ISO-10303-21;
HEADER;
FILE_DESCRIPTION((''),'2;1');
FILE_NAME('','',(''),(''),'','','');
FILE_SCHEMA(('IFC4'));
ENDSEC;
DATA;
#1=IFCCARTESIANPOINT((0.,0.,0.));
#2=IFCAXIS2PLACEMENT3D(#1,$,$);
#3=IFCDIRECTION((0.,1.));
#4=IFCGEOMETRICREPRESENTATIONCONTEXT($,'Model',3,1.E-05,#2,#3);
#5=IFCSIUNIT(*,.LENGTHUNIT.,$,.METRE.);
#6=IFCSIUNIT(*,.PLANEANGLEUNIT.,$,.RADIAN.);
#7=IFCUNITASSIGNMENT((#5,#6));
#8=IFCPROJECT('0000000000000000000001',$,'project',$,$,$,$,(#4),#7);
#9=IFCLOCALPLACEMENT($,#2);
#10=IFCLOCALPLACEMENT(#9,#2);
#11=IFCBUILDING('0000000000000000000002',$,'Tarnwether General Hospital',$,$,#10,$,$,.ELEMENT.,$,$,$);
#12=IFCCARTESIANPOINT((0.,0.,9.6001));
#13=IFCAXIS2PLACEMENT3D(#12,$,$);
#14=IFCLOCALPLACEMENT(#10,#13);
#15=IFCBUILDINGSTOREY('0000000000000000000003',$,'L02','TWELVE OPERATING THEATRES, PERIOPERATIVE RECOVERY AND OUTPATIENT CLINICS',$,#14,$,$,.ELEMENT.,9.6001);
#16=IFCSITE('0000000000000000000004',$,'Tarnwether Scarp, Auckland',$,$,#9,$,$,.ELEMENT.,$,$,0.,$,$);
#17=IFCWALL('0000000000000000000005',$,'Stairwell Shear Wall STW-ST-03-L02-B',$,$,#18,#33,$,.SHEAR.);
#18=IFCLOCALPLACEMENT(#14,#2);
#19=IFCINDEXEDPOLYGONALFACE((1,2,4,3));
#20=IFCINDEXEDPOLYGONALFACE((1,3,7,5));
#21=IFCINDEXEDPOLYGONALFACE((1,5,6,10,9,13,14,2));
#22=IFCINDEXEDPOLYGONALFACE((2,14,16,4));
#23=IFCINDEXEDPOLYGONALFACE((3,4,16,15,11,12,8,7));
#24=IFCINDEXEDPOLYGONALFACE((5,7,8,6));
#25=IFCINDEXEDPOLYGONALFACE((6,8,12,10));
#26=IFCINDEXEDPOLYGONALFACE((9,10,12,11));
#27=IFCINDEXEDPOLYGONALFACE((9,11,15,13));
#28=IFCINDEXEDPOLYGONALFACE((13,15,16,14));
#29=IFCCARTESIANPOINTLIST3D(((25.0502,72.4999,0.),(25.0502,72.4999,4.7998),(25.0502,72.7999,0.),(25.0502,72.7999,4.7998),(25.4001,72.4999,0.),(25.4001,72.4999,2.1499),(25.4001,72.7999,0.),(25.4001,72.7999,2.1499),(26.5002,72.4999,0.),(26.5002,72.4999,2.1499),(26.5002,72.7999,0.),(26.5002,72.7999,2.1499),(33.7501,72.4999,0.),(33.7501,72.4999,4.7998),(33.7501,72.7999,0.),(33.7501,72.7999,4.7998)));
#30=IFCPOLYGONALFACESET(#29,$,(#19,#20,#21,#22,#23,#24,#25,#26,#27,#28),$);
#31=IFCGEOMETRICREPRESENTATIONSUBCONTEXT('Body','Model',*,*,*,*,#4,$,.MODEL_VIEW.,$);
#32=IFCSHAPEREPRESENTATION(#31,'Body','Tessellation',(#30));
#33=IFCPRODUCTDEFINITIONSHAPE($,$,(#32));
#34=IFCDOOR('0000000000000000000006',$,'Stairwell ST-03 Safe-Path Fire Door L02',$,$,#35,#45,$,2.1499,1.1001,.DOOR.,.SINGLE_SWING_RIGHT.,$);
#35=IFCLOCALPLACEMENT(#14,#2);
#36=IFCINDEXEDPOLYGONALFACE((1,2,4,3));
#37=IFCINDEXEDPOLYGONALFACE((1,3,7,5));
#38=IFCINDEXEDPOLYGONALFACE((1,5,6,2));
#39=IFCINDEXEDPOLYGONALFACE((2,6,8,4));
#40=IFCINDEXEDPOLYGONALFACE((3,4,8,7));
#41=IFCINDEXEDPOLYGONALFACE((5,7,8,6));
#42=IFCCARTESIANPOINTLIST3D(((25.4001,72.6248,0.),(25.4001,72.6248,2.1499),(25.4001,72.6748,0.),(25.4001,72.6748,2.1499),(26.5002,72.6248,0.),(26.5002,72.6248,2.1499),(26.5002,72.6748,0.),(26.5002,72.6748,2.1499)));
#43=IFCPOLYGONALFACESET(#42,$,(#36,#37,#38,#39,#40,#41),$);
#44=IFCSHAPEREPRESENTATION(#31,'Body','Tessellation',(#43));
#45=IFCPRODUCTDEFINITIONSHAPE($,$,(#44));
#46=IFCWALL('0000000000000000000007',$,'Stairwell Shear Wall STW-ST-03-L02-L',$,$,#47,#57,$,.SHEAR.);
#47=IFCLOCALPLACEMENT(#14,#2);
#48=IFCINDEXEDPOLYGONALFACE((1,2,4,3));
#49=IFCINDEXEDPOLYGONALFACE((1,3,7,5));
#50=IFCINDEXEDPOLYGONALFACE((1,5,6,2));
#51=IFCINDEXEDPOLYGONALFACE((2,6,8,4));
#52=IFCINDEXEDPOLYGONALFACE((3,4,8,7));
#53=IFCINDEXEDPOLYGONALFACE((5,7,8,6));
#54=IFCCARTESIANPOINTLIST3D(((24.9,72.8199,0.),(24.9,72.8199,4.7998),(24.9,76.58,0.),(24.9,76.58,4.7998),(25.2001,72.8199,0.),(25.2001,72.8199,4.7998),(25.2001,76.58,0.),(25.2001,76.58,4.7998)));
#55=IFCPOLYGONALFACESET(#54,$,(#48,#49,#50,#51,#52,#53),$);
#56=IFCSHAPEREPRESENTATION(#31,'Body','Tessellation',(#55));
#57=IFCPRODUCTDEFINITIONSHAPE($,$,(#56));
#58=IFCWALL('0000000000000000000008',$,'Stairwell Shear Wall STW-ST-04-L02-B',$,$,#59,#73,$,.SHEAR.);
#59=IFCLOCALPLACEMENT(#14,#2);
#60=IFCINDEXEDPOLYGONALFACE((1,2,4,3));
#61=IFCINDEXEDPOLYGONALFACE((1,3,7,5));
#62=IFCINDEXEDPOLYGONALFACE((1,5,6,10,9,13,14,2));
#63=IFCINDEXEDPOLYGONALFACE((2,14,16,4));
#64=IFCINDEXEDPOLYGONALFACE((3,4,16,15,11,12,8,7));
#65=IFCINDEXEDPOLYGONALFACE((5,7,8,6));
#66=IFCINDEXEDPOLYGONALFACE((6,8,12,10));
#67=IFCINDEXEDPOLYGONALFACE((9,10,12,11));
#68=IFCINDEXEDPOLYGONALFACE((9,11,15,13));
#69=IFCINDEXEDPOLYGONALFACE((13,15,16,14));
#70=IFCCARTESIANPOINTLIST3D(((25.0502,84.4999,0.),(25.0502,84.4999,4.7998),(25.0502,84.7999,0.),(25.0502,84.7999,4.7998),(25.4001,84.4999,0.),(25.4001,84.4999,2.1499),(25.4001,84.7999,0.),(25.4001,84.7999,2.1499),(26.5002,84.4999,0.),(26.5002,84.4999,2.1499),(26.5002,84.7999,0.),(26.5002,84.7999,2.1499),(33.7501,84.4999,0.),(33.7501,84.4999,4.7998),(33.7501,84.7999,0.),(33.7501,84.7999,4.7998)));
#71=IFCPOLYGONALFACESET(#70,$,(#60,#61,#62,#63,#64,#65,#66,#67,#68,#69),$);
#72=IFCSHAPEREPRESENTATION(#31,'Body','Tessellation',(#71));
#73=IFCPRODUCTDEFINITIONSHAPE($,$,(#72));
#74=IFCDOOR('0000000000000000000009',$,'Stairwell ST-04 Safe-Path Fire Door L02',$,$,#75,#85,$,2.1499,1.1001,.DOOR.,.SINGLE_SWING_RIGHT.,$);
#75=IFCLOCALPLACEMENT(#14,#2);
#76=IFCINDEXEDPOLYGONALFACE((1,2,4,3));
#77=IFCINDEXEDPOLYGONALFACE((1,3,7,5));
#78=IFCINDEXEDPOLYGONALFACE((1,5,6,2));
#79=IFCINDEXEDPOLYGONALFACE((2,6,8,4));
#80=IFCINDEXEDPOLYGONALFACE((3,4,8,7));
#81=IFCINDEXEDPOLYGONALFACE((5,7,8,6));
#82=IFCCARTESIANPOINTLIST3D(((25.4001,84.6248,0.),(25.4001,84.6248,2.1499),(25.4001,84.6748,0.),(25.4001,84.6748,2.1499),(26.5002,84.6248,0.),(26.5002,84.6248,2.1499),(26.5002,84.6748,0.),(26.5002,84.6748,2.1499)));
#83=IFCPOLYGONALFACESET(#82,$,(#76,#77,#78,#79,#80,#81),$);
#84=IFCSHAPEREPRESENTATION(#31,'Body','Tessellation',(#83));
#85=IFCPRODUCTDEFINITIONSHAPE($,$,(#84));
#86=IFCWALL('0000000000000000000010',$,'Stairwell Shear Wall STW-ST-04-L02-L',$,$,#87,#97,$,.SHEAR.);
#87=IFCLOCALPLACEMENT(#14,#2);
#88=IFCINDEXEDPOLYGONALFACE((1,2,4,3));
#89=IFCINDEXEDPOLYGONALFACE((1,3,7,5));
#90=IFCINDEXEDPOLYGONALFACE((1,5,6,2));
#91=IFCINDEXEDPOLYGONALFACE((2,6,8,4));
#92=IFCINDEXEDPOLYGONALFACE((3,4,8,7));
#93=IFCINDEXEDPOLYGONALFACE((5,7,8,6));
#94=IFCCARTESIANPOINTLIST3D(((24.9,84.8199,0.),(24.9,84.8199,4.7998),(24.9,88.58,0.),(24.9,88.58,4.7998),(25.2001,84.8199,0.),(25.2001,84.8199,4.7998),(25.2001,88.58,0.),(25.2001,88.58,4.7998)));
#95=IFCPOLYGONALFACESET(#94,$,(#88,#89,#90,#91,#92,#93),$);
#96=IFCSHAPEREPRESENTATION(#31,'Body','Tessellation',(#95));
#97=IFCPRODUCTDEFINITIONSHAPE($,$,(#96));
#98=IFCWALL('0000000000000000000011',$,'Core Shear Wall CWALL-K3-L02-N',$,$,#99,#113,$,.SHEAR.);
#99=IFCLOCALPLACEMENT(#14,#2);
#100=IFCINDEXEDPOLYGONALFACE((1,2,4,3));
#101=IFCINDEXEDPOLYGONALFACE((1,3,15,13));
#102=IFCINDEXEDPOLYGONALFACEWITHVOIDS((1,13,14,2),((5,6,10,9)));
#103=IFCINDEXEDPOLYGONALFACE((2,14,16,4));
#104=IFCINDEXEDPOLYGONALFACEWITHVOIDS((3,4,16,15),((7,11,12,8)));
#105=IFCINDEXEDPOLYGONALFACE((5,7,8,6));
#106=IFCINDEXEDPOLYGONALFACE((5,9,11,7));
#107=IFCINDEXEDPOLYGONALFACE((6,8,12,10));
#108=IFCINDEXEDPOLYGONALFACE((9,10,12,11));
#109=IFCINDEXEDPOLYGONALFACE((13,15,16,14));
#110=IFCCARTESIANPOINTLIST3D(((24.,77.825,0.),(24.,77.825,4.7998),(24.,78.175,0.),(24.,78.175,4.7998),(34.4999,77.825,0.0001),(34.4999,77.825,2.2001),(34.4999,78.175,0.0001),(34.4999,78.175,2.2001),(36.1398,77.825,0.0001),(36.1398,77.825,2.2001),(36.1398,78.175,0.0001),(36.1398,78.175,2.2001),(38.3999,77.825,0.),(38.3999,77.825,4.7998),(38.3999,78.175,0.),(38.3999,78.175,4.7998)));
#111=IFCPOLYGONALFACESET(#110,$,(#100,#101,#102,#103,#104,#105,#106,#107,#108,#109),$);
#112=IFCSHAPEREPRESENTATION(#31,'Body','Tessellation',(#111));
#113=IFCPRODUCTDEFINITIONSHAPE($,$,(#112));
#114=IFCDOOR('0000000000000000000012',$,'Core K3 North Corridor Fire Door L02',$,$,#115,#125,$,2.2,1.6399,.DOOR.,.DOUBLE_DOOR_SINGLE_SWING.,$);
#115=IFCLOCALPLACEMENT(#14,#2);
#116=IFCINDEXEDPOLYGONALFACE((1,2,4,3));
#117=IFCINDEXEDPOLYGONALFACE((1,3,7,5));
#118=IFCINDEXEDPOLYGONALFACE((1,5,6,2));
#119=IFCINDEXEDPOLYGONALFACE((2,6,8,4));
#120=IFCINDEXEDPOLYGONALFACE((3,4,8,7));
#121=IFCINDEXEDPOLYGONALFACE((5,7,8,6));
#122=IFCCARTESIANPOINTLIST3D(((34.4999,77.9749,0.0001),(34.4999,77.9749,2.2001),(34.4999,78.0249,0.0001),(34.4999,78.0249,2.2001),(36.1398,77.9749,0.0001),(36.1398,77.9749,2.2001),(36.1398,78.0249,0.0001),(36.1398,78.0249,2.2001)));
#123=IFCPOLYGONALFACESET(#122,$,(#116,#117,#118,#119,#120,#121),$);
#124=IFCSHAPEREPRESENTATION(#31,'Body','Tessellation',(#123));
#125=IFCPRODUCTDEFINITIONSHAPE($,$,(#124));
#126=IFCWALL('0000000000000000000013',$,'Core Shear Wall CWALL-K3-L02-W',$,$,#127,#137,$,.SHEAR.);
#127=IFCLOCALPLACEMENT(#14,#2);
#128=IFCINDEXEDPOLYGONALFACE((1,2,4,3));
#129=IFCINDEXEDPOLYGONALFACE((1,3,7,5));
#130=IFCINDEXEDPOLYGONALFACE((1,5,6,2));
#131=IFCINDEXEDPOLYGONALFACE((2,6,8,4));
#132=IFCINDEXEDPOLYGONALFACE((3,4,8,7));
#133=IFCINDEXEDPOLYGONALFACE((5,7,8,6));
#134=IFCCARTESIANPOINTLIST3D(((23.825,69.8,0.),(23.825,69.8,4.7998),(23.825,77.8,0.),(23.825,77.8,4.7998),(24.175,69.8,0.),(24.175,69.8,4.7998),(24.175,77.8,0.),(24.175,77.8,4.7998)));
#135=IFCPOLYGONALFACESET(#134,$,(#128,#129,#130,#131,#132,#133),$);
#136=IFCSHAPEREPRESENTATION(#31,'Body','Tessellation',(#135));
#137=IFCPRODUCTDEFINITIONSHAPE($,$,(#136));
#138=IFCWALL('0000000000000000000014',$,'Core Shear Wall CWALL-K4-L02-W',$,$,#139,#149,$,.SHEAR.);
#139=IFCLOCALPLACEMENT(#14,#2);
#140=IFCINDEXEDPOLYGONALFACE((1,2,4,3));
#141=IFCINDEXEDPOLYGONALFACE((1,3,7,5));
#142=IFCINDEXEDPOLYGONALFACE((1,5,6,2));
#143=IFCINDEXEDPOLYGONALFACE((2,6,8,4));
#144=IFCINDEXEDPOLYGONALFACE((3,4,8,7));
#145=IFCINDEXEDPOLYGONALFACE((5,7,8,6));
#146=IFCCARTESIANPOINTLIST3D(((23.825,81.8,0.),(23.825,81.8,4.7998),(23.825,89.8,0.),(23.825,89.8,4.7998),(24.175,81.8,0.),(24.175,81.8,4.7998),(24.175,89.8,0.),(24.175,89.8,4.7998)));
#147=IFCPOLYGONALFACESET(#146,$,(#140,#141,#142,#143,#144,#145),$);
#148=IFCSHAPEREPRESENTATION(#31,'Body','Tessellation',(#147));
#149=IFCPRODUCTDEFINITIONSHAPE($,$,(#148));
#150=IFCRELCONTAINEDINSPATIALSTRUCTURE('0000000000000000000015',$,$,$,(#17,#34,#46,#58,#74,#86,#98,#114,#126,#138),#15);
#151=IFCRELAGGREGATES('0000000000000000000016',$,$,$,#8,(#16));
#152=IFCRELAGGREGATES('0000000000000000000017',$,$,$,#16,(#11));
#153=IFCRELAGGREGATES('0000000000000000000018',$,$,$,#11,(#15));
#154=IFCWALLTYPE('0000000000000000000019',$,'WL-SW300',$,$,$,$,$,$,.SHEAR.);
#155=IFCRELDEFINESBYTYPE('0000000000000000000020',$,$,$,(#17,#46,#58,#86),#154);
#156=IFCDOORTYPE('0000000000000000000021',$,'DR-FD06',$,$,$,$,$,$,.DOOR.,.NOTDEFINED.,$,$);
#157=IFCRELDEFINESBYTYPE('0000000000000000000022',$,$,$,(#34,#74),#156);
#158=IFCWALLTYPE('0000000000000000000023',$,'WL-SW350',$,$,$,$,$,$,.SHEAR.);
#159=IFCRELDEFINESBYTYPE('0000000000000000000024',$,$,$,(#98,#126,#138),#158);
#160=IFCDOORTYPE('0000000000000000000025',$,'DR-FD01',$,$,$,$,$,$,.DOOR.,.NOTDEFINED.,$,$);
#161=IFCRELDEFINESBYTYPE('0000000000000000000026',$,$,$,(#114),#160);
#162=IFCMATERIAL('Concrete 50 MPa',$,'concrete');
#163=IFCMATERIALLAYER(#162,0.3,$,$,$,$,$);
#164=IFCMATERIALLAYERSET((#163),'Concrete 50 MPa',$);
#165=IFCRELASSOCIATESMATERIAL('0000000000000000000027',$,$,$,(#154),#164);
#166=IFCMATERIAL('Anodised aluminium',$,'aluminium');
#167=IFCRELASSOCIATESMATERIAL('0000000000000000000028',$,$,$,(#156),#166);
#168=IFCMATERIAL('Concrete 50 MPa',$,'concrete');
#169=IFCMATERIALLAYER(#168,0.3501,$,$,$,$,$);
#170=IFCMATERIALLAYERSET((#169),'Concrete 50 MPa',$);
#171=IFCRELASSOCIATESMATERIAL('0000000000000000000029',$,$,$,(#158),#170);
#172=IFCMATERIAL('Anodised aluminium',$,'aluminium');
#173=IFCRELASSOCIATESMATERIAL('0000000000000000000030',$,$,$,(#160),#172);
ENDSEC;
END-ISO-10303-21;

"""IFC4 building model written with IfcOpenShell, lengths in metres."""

from ifc_helpers import new_model, si_unit, direction, frame, frame_2d, origin, place, context, subcontext, project, spatial, rectangle, extrude, material, layer, layer_set, type_object, element, fill, save


model = new_model("IFC4")

# Units and contexts
model_context = context("Model", 3, precision=1e-05, world=origin(), true_north=direction((0.0, 1.0)))
body_context = subcontext(model_context, "Body", "Model", "MODEL_VIEW")
ifc_project = project(units=[si_unit("LENGTHUNIT", "METRE"), si_unit("PLANEANGLEUNIT", "RADIAN")], contexts=[model_context])

# Site, building, storey
site_placement = place(None, origin())
site = spatial("IfcSite", under=ifc_project, at=site_placement, Name="Tarnwether Scarp, Auckland", CompositionType="ELEMENT", RefElevation=0.0)
building_placement = place(site_placement, origin())
building = spatial("IfcBuilding", under=site, at=building_placement, Name="Tarnwether General Hospital", CompositionType="ELEMENT")
storey_placement = place(building_placement, frame((0.0, 0.0, 9.6001)))
storey = spatial("IfcBuildingStorey", under=building, at=storey_placement, Name="L02", Description="TWELVE OPERATING THEATRES, PERIOPERATIVE RECOVERY AND OUTPATIENT CLINICS", CompositionType="ELEMENT", Elevation=9.6001)

# Wall, opening, door
ifc_material_1 = material(Name="Concrete 50 MPa", Category="concrete")
ifc_layer_1 = layer(ifc_material_1, 0.3)
ifc_layer_set_1 = layer_set([ifc_layer_1], Name="Concrete 50 MPa")
wall_type_1 = type_object("IfcWallType", Name="WL-SW300", PredefinedType="SHEAR", material=ifc_layer_set_1)
wall_1_placement = place(storey_placement, frame((25.05, 72.6499, 0.0), z_axis=(0.0, 0.0, 1.0), x_axis=(1.0, 0.0, 0.0)))
wall_1 = element("IfcWall", 1, at=wall_1_placement, inside=storey, type_object=wall_type_1, Name="Stairwell Shear Wall STW-ST-03-L02-B", PredefinedType="SHEAR", context=body_context, shape_type="SweptSolid", body=[
    extrude(rectangle(XDim=8.7, YDim=0.3, at=frame_2d((4.3501, 0.0))), origin(), (0.0, 0.0, 1.0), 4.7998),
])
opening_1_placement = place(wall_1_placement, frame((0.3501, 0.0, 0.0)))
opening_1 = element("IfcOpeningElement", 2, at=opening_1_placement, cuts=wall_1, PredefinedType="OPENING", context=body_context, shape_type="SweptSolid", body=[
    extrude(rectangle(XDim=1.1001, YDim=2.1499, at=frame_2d((0.55, 1.075))), frame((0.0, 0.1602, 0.0), z_axis=(0.0, -1.0, 0.0), x_axis=(1.0, 0.0, 0.0)), (0.0, 0.0, 1.0), 0.3201),
])
ifc_material_2 = material(Name="Anodised aluminium", Category="aluminium")
door_type_1 = type_object("IfcDoorType", Name="DR-FD06", OperationType="NOTDEFINED", PredefinedType="DOOR", material=ifc_material_2)
door_1_placement = place(opening_1_placement, origin())
door_1 = element("IfcDoor", 3, at=door_1_placement, inside=storey, type_object=door_type_1, Name="Stairwell ST-03 Safe-Path Fire Door L02", OperationType="SINGLE_SWING_RIGHT", OverallHeight=2.1499, OverallWidth=1.1001, PredefinedType="DOOR", context=body_context, shape_type="SweptSolid", body=[
    extrude(rectangle(XDim=1.1001, YDim=2.1499, at=frame_2d((0.55, 1.075))), frame((0.0, 0.0249, 0.0), z_axis=(0.0, -1.0, 0.0), x_axis=(1.0, 0.0, 0.0)), (0.0, 0.0, 1.0), 0.05),
])
fill(opening_1, door_1)

# Wall
wall_2_placement = place(storey_placement, frame((25.05, 72.8201, 0.0), z_axis=(0.0, 0.0, 1.0), x_axis=(0.0, 1.0, 0.0)))
element("IfcWall", 4, at=wall_2_placement, inside=storey, type_object=wall_type_1, Name="Stairwell Shear Wall STW-ST-03-L02-L", PredefinedType="SHEAR", context=body_context, shape_type="SweptSolid", body=[
    extrude(rectangle(XDim=3.76, YDim=0.3, at=frame_2d((1.8799, 0.0))), origin(), (0.0, 0.0, 1.0), 4.7998),
])

# Wall, opening, door
wall_3_placement = place(storey_placement, frame((25.05, 84.6499, 0.0), z_axis=(0.0, 0.0, 1.0), x_axis=(1.0, 0.0, 0.0)))
wall_3 = element("IfcWall", 5, at=wall_3_placement, inside=storey, type_object=wall_type_1, Name="Stairwell Shear Wall STW-ST-04-L02-B", PredefinedType="SHEAR", context=body_context, shape_type="SweptSolid", body=[
    extrude(rectangle(XDim=8.7, YDim=0.3, at=frame_2d((4.3501, 0.0))), origin(), (0.0, 0.0, 1.0), 4.7998),
])
opening_2_placement = place(wall_3_placement, frame((0.3501, 0.0, 0.0)))
opening_2 = element("IfcOpeningElement", 6, at=opening_2_placement, cuts=wall_3, PredefinedType="OPENING", context=body_context, shape_type="SweptSolid", body=[
    extrude(rectangle(XDim=1.1001, YDim=2.1499, at=frame_2d((0.55, 1.075))), frame((0.0, 0.1602, 0.0), z_axis=(0.0, -1.0, 0.0), x_axis=(1.0, 0.0, 0.0)), (0.0, 0.0, 1.0), 0.3201),
])
door_2_placement = place(opening_2_placement, origin())
door_2 = element("IfcDoor", 7, at=door_2_placement, inside=storey, type_object=door_type_1, Name="Stairwell ST-04 Safe-Path Fire Door L02", OperationType="SINGLE_SWING_RIGHT", OverallHeight=2.1499, OverallWidth=1.1001, PredefinedType="DOOR", context=body_context, shape_type="SweptSolid", body=[
    extrude(rectangle(XDim=1.1001, YDim=2.1499, at=frame_2d((0.55, 1.075))), frame((0.0, 0.0249, 0.0), z_axis=(0.0, -1.0, 0.0), x_axis=(1.0, 0.0, 0.0)), (0.0, 0.0, 1.0), 0.05),
])
fill(opening_2, door_2)

# Wall
wall_4_placement = place(storey_placement, frame((25.05, 84.8201, 0.0), z_axis=(0.0, 0.0, 1.0), x_axis=(0.0, 1.0, 0.0)))
element("IfcWall", 8, at=wall_4_placement, inside=storey, type_object=wall_type_1, Name="Stairwell Shear Wall STW-ST-04-L02-L", PredefinedType="SHEAR", context=body_context, shape_type="SweptSolid", body=[
    extrude(rectangle(XDim=3.76, YDim=0.3, at=frame_2d((1.8799, 0.0))), origin(), (0.0, 0.0, 1.0), 4.7998),
])

# Wall, opening, door
ifc_material_3 = material(Name="Concrete 50 MPa", Category="concrete")
ifc_layer_2 = layer(ifc_material_3, 0.3501)
ifc_layer_set_2 = layer_set([ifc_layer_2], Name="Concrete 50 MPa")
wall_type_2 = type_object("IfcWallType", Name="WL-SW350", PredefinedType="SHEAR", material=ifc_layer_set_2)
wall_5_placement = place(storey_placement, frame((24.0, 78.0, 0.0), z_axis=(0.0, 0.0, 1.0), x_axis=(1.0, 0.0, 0.0)))
wall_5 = element("IfcWall", 9, at=wall_5_placement, inside=storey, type_object=wall_type_2, Name="Core Shear Wall CWALL-K3-L02-N", PredefinedType="SHEAR", context=body_context, shape_type="SweptSolid", body=[
    extrude(rectangle(XDim=14.3999, YDim=0.3501, at=frame_2d((7.2, 0.0))), origin(), (0.0, 0.0, 1.0), 4.7998),
])
opening_3_placement = place(wall_5_placement, frame((10.5, 0.0, 0.0)))
opening_3 = element("IfcOpeningElement", 10, at=opening_3_placement, cuts=wall_5, PredefinedType="OPENING", context=body_context, shape_type="SweptSolid", body=[
    extrude(rectangle(XDim=1.6399, YDim=2.2, at=frame_2d((0.8198, 1.1001))), frame((0.0, 0.1851, 0.0), z_axis=(0.0, -1.0, 0.0), x_axis=(1.0, 0.0, 0.0)), (0.0, 0.0, 1.0), 0.3701),
])
ifc_material_4 = material(Name="Anodised aluminium", Category="aluminium")
door_type_2 = type_object("IfcDoorType", Name="DR-FD01", OperationType="NOTDEFINED", PredefinedType="DOOR", material=ifc_material_4)
door_3_placement = place(opening_3_placement, origin())
door_3 = element("IfcDoor", 11, at=door_3_placement, inside=storey, type_object=door_type_2, Name="Core K3 North Corridor Fire Door L02", OperationType="DOUBLE_DOOR_SINGLE_SWING", OverallHeight=2.2, OverallWidth=1.6399, PredefinedType="DOOR", context=body_context, shape_type="SweptSolid", body=[
    extrude(rectangle(XDim=1.6399, YDim=2.2, at=frame_2d((0.8198, 1.1001))), frame((0.0, 0.0249, 0.0), z_axis=(0.0, -1.0, 0.0), x_axis=(1.0, 0.0, 0.0)), (0.0, 0.0, 1.0), 0.05),
])
fill(opening_3, door_3)

# Walls
for number, where, z_axis, x_axis, name in (
    (12, (24.0, 69.8, 0.0), (0.0, 0.0, 1.0), (0.0, 1.0, 0.0), "Core Shear Wall CWALL-K3-L02-W"),
    (13, (24.0, 81.8, 0.0), (0.0, 0.0, 1.0), (0.0, 1.0, 0.0), "Core Shear Wall CWALL-K4-L02-W"),
):
    element("IfcWall", number, at=place(storey_placement, frame(where, z_axis=z_axis, x_axis=x_axis)), inside=storey, type_object=wall_type_2, Name=name, PredefinedType="SHEAR", context=body_context, shape_type="SweptSolid", body=[
        extrude(rectangle(XDim=8.0, YDim=0.3501, at=frame_2d((4.0, 0.0))), origin(), (0.0, 0.0, 1.0), 4.7998),
    ])

save(model, "model.ifc")
